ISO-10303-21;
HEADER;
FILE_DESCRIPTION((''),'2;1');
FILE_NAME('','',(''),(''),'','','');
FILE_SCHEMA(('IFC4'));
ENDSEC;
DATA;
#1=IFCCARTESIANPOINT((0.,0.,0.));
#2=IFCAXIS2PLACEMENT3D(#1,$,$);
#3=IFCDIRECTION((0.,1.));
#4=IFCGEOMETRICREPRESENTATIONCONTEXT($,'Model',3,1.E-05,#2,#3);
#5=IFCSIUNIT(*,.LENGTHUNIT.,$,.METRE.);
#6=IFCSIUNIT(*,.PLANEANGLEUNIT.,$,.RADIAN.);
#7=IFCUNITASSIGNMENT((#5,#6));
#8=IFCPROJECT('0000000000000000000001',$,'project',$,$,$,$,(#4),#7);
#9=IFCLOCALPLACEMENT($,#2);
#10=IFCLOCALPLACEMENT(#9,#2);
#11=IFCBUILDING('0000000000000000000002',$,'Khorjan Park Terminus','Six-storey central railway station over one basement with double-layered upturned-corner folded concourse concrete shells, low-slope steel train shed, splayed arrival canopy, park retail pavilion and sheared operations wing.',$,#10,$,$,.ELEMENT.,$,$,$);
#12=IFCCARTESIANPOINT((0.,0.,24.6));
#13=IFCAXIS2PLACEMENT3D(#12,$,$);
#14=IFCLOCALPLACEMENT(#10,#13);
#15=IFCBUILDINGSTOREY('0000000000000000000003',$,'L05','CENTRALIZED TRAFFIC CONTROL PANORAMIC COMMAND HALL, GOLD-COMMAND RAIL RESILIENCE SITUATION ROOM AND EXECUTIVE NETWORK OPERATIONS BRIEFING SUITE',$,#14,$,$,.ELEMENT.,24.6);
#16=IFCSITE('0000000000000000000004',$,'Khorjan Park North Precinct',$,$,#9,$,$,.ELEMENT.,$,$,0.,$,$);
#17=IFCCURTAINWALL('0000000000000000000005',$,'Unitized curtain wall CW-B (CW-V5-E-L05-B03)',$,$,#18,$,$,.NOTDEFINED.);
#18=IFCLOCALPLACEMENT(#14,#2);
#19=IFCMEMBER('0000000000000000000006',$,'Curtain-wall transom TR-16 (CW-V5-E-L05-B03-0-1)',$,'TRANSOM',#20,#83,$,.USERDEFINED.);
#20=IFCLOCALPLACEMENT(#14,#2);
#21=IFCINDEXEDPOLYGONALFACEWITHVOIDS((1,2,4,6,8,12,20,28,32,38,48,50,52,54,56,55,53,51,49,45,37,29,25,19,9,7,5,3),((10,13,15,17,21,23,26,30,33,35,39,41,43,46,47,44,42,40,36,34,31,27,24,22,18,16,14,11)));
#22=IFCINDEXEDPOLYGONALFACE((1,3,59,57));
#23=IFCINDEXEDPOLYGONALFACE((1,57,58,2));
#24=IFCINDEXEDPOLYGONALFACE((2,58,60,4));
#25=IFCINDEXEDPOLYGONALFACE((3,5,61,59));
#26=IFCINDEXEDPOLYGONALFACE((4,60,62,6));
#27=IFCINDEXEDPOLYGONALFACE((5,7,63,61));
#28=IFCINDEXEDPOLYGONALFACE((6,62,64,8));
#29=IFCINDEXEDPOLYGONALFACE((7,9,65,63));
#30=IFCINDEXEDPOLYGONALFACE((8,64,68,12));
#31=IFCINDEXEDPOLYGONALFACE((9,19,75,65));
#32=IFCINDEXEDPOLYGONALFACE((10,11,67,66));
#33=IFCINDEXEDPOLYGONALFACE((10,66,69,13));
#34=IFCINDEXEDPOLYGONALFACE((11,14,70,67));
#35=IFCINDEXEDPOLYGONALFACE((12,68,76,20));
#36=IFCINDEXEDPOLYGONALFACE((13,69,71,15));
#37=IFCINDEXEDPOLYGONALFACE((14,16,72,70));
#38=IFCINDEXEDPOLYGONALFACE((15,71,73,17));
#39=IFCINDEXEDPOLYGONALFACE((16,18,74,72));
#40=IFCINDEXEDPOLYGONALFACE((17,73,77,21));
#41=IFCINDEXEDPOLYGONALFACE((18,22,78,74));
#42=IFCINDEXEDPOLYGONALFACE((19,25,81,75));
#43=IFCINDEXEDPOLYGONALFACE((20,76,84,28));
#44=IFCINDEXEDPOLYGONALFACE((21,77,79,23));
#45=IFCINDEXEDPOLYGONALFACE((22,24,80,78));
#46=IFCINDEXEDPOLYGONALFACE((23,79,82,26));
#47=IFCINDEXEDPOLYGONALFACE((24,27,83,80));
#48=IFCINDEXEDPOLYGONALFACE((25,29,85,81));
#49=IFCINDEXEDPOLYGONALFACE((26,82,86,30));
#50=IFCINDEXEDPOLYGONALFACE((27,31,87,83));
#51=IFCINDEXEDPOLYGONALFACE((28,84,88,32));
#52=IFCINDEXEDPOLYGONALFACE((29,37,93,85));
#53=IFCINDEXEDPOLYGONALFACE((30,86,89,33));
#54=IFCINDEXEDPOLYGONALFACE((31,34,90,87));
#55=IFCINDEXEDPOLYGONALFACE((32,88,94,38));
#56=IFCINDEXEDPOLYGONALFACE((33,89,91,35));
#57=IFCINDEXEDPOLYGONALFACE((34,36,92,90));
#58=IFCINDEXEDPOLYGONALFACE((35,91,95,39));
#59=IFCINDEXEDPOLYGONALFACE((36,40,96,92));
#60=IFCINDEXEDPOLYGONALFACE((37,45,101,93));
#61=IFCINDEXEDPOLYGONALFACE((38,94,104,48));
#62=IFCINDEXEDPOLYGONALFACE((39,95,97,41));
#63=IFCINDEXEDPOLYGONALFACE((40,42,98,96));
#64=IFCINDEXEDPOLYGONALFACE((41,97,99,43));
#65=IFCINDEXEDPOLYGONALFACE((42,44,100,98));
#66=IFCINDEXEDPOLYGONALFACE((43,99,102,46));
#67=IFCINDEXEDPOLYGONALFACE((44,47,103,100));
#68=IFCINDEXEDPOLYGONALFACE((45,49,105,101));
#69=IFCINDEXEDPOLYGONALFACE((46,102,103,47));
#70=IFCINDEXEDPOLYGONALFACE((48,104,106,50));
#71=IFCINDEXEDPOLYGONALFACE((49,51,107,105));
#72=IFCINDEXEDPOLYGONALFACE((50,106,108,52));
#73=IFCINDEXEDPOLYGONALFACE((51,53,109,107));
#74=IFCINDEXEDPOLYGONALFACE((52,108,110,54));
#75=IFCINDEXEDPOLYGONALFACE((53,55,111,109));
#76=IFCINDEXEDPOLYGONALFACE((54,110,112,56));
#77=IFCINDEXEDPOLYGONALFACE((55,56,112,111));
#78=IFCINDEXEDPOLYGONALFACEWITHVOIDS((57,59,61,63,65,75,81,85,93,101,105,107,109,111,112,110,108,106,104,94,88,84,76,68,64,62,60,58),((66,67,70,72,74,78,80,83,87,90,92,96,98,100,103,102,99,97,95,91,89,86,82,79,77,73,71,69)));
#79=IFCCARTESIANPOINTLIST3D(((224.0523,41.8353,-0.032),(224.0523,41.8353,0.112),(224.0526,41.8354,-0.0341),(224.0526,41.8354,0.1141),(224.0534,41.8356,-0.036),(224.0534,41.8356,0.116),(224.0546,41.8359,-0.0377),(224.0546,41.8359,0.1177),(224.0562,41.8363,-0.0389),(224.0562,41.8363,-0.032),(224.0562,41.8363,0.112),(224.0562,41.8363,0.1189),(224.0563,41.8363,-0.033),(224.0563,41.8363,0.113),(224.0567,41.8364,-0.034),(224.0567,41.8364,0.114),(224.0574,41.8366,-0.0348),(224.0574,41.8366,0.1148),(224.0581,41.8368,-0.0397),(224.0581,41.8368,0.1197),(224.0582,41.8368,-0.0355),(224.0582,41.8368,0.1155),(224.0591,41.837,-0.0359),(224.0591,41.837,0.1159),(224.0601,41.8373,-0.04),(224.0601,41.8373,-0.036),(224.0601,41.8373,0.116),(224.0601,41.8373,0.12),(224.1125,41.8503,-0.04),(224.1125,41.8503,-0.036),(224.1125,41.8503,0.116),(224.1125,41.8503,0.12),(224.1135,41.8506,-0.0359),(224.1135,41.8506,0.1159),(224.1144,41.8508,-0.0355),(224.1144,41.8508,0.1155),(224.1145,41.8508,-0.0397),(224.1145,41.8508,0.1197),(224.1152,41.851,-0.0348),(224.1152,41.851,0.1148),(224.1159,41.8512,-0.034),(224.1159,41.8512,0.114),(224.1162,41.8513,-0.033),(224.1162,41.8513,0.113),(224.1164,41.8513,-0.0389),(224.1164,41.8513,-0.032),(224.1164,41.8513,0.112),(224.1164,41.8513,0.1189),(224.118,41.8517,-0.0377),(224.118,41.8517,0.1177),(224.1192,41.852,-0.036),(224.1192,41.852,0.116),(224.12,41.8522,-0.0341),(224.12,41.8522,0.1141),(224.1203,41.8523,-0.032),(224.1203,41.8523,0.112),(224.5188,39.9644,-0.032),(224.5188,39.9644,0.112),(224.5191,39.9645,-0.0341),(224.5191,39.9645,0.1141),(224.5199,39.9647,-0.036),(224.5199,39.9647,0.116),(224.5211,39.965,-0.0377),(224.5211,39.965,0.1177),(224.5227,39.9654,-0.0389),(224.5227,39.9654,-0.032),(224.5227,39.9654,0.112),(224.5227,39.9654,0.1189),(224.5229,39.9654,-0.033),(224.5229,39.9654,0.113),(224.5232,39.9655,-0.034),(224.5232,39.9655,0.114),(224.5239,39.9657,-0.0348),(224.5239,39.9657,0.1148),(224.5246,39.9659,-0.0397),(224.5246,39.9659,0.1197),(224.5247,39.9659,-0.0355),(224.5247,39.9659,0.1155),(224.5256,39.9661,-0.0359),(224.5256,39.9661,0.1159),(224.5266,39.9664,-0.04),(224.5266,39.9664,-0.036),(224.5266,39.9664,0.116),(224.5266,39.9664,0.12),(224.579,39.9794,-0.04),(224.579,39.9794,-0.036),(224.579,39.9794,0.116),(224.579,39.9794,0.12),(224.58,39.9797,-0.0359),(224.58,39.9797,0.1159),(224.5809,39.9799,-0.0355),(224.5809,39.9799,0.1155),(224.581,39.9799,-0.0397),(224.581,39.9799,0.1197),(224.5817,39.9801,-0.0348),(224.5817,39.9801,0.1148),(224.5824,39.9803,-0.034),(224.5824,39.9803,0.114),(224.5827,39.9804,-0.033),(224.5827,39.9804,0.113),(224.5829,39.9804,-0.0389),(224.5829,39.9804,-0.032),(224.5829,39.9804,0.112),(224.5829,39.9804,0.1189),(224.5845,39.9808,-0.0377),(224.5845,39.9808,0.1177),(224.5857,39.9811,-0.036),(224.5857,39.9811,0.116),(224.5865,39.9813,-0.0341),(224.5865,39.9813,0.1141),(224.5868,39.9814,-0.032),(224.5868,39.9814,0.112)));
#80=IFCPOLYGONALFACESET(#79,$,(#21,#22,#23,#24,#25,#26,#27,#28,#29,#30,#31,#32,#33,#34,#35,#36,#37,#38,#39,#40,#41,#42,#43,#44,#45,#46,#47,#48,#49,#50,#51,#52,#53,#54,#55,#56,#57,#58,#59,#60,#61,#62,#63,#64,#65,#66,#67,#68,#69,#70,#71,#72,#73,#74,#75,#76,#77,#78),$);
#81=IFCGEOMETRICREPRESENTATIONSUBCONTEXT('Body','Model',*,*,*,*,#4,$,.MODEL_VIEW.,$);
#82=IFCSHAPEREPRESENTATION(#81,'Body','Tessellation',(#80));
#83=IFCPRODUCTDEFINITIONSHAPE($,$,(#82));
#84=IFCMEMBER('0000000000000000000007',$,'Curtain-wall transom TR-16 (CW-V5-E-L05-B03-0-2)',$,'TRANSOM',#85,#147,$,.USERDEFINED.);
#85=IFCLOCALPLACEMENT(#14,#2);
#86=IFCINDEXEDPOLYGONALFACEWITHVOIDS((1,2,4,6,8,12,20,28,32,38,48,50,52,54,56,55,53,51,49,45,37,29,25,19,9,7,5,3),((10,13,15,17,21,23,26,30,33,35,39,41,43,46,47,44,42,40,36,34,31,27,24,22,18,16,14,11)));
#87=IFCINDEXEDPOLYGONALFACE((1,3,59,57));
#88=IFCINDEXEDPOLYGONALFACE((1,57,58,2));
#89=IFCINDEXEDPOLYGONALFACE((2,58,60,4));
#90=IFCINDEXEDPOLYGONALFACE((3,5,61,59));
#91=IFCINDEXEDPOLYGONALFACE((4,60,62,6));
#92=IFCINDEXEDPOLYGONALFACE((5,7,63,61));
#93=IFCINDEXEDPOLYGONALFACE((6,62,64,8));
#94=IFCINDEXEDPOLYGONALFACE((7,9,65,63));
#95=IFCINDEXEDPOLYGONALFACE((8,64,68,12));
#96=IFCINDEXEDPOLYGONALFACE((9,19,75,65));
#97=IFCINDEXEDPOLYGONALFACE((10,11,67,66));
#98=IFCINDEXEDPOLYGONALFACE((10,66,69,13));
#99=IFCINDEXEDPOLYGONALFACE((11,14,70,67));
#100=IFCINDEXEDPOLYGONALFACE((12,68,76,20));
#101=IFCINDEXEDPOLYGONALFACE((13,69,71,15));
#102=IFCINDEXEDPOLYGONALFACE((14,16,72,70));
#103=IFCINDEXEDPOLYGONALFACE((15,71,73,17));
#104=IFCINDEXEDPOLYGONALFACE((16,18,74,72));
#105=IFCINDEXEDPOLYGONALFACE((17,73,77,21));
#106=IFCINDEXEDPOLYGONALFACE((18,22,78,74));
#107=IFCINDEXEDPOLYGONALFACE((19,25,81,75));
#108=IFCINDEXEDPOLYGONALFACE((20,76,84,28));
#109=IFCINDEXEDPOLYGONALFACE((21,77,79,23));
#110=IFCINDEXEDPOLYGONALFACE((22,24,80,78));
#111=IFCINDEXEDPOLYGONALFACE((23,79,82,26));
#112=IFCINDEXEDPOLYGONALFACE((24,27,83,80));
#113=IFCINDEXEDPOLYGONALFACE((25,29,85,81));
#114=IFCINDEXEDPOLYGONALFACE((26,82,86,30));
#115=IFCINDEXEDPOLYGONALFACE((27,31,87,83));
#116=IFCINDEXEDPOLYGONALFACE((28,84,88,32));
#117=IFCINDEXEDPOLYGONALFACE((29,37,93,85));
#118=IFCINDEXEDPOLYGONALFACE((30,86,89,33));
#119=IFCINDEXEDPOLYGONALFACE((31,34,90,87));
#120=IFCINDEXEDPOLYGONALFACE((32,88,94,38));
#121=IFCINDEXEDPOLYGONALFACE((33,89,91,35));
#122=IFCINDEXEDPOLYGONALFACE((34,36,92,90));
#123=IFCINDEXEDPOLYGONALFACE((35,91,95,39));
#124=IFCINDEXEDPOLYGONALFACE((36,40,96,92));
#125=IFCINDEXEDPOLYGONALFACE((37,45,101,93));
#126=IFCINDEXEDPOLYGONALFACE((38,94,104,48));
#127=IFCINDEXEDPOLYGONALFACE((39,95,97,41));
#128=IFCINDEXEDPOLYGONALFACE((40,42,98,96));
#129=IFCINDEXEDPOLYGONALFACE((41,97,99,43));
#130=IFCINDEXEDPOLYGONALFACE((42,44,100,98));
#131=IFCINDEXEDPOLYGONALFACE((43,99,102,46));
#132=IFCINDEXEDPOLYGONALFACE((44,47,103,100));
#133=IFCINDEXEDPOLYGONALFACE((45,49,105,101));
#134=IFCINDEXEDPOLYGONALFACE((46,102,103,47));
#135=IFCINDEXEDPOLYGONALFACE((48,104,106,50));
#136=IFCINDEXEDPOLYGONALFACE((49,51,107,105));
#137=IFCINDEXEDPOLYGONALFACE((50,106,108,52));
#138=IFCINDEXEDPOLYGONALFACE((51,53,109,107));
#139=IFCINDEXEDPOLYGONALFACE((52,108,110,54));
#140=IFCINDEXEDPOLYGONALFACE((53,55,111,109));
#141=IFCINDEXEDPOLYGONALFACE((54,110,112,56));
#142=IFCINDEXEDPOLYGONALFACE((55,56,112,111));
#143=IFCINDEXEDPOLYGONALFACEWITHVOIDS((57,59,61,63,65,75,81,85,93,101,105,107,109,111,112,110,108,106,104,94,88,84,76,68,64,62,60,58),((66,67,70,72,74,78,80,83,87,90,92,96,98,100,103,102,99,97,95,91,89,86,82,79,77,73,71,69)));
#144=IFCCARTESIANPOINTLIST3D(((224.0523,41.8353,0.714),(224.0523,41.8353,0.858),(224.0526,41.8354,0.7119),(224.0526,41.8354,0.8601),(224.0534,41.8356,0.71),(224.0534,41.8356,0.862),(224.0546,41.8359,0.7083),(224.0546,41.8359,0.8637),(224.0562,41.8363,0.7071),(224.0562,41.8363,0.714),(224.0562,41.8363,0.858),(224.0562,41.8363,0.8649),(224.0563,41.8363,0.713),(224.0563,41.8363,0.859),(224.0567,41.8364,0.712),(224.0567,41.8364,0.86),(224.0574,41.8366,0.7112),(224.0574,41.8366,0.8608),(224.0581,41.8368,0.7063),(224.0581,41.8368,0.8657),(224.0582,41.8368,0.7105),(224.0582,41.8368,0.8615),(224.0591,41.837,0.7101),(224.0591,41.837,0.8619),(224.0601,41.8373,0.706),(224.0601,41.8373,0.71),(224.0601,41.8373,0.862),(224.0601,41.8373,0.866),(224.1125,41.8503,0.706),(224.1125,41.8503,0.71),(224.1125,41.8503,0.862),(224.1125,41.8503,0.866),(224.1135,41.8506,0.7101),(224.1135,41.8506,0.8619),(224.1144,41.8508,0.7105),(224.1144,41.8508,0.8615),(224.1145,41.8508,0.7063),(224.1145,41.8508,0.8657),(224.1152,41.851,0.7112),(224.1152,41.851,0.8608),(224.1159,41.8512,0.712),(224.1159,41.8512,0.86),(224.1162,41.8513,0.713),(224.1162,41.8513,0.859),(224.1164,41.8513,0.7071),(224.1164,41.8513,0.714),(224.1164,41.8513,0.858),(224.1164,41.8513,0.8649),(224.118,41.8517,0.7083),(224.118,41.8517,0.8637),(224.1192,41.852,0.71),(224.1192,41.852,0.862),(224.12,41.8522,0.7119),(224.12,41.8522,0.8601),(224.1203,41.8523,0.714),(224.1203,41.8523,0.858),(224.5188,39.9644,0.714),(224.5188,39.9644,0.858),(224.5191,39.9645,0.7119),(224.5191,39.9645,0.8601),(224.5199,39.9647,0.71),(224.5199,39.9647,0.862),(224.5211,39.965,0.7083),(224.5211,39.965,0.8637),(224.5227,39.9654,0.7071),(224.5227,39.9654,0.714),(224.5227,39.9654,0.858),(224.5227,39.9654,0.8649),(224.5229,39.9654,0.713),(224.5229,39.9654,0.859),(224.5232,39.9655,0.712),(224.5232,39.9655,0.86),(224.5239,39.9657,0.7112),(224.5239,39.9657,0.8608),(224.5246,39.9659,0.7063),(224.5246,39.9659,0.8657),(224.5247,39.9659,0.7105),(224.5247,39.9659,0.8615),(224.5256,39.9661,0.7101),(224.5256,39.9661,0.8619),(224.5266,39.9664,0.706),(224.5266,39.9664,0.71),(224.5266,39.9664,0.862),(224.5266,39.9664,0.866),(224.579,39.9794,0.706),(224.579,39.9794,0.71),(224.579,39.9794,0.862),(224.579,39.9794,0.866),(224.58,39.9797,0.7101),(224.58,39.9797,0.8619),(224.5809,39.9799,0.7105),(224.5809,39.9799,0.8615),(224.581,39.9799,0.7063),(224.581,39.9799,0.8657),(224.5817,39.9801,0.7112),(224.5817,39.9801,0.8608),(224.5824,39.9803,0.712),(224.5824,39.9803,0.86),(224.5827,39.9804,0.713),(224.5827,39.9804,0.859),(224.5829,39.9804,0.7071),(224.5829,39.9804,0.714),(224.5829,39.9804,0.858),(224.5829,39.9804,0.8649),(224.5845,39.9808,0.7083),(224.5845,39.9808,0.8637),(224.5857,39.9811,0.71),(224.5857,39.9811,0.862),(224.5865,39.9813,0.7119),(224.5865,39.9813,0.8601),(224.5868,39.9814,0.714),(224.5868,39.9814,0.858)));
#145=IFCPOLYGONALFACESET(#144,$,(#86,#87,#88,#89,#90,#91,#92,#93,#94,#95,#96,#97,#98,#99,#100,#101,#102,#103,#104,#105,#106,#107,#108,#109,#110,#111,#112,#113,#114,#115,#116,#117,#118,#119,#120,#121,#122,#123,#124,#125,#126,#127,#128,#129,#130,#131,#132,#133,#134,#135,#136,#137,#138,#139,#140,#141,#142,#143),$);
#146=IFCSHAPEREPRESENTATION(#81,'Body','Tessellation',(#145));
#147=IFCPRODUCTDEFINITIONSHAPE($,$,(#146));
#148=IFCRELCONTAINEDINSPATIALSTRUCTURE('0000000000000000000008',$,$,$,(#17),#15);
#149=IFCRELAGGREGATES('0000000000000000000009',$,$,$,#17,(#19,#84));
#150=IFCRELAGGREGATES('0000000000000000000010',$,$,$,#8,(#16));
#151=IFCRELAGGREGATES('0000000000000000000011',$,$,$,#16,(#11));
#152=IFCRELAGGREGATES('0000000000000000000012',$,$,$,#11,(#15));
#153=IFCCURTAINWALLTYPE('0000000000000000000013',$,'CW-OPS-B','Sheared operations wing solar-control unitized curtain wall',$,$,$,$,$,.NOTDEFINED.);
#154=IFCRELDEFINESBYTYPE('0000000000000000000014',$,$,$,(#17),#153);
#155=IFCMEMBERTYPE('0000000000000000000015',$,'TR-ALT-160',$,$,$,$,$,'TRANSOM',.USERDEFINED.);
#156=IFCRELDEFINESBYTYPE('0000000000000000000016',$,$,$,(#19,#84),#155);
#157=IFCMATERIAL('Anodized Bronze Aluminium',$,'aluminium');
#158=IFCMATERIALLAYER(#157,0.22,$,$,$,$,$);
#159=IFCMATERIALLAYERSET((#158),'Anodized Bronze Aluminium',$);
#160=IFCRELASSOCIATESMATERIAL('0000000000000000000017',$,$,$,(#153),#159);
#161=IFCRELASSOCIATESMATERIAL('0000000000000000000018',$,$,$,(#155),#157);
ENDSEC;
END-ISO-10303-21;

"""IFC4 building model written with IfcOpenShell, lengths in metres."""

from ifc_helpers import new_model, si_unit, direction, frame, origin, origin_2d, place, context, subcontext, project, spatial, hollow_rectangle, extrude, material, layer, layer_set, material_profile, profile_set, type_object, element, aggregate, save


model = new_model("IFC4")

# Units and contexts
model_context = context("Model", 3, precision=1e-05, world=origin(), true_north=direction((0.0, 1.0)))
body_context = subcontext(model_context, "Body", "Model", "MODEL_VIEW")
ifc_project = project(units=[si_unit("LENGTHUNIT", "METRE"), si_unit("PLANEANGLEUNIT", "RADIAN")], contexts=[model_context])

# Site, building, storey
site_placement = place(None, origin())
site = spatial("IfcSite", under=ifc_project, at=site_placement, Name="Khorjan Park North Precinct", CompositionType="ELEMENT", RefElevation=0.0)
building_placement = place(site_placement, origin())
building = spatial("IfcBuilding", under=site, at=building_placement, Name="Khorjan Park Terminus", Description="Six-storey central railway station over one basement with double-layered upturned-corner folded concourse concrete shells, low-slope steel train shed, splayed arrival canopy, park retail pavilion and sheared operations wing.", CompositionType="ELEMENT")
storey_placement = place(building_placement, frame((0.0, 0.0, 24.6)))
storey = spatial("IfcBuildingStorey", under=building, at=storey_placement, Name="L05", Description="CENTRALIZED TRAFFIC CONTROL PANORAMIC COMMAND HALL, GOLD-COMMAND RAIL RESILIENCE SITUATION ROOM AND EXECUTIVE NETWORK OPERATIONS BRIEFING SUITE", CompositionType="ELEMENT", Elevation=24.6)

# Curtain wall
ifc_material_1 = material(Name="Anodized Bronze Aluminium", Category="aluminium")
ifc_layer_1 = layer(ifc_material_1, 0.22)
ifc_layer_set_1 = layer_set([ifc_layer_1], Name="Anodized Bronze Aluminium")
curtain_wall_type = type_object("IfcCurtainWallType", Name="CW-OPS-B", Description="Sheared operations wing solar-control unitized curtain wall", PredefinedType="NOTDEFINED", material=ifc_layer_set_1)
curtain_wall_1_placement = place(storey_placement, origin())
curtain_wall_1 = element("IfcCurtainWall", 1, at=curtain_wall_1_placement, inside=storey, type_object=curtain_wall_type, Name="Unitized curtain wall CW-B (CW-V5-E-L05-B03)", PredefinedType="NOTDEFINED")

# Members
ifc_material_profile_1 = material_profile(ifc_material_1, hollow_rectangle(XDim=0.07, YDim=0.16, WallThickness=0.004, InnerFilletRadius=0.004, OuterFilletRadius=0.008, at=origin_2d()), Name="ALT 70x160x4")
ifc_profile_set_1 = profile_set([ifc_material_profile_1], Name="Anodized Bronze Aluminium")
member_type_1 = type_object("IfcMemberType", Name="TR-ALT-160", ElementType="TRANSOM", PredefinedType="USERDEFINED", material=ifc_profile_set_1)
member_1_placement = place(storey_placement, frame((224.5528, 39.9729, 0.04), z_axis=(-0.241938, 0.970292, 0.0), x_axis=(-0.970292, -0.241938, 0.0)))
member_1 = element("IfcMember", 2, at=member_1_placement, type_object=member_type_1, Name="Curtain-wall transom TR-16 (CW-V5-E-L05-B03-0-1)", ObjectType="TRANSOM", PredefinedType="USERDEFINED", context=body_context, shape_type="SweptSolid", body=[
    extrude(hollow_rectangle(XDim=0.07, YDim=0.16, WallThickness=0.004, InnerFilletRadius=0.004, OuterFilletRadius=0.008, at=origin_2d()), origin(), (0.0, 0.0, 1.0), 1.9282),
])
member_2_placement = place(storey_placement, frame((224.5528, 39.9729, 0.786), z_axis=(-0.241938, 0.970292, 0.0), x_axis=(-0.970292, -0.241938, 0.0)))
member_2 = element("IfcMember", 3, at=member_2_placement, type_object=member_type_1, Name="Curtain-wall transom TR-16 (CW-V5-E-L05-B03-0-2)", ObjectType="TRANSOM", PredefinedType="USERDEFINED", context=body_context, shape_type="SweptSolid", body=[
    extrude(hollow_rectangle(XDim=0.07, YDim=0.16, WallThickness=0.004, InnerFilletRadius=0.004, OuterFilletRadius=0.008, at=origin_2d()), origin(), (0.0, 0.0, 1.0), 1.9282),
])

aggregate(curtain_wall_1, [member_1, member_2])

save(model, "model.ifc")
